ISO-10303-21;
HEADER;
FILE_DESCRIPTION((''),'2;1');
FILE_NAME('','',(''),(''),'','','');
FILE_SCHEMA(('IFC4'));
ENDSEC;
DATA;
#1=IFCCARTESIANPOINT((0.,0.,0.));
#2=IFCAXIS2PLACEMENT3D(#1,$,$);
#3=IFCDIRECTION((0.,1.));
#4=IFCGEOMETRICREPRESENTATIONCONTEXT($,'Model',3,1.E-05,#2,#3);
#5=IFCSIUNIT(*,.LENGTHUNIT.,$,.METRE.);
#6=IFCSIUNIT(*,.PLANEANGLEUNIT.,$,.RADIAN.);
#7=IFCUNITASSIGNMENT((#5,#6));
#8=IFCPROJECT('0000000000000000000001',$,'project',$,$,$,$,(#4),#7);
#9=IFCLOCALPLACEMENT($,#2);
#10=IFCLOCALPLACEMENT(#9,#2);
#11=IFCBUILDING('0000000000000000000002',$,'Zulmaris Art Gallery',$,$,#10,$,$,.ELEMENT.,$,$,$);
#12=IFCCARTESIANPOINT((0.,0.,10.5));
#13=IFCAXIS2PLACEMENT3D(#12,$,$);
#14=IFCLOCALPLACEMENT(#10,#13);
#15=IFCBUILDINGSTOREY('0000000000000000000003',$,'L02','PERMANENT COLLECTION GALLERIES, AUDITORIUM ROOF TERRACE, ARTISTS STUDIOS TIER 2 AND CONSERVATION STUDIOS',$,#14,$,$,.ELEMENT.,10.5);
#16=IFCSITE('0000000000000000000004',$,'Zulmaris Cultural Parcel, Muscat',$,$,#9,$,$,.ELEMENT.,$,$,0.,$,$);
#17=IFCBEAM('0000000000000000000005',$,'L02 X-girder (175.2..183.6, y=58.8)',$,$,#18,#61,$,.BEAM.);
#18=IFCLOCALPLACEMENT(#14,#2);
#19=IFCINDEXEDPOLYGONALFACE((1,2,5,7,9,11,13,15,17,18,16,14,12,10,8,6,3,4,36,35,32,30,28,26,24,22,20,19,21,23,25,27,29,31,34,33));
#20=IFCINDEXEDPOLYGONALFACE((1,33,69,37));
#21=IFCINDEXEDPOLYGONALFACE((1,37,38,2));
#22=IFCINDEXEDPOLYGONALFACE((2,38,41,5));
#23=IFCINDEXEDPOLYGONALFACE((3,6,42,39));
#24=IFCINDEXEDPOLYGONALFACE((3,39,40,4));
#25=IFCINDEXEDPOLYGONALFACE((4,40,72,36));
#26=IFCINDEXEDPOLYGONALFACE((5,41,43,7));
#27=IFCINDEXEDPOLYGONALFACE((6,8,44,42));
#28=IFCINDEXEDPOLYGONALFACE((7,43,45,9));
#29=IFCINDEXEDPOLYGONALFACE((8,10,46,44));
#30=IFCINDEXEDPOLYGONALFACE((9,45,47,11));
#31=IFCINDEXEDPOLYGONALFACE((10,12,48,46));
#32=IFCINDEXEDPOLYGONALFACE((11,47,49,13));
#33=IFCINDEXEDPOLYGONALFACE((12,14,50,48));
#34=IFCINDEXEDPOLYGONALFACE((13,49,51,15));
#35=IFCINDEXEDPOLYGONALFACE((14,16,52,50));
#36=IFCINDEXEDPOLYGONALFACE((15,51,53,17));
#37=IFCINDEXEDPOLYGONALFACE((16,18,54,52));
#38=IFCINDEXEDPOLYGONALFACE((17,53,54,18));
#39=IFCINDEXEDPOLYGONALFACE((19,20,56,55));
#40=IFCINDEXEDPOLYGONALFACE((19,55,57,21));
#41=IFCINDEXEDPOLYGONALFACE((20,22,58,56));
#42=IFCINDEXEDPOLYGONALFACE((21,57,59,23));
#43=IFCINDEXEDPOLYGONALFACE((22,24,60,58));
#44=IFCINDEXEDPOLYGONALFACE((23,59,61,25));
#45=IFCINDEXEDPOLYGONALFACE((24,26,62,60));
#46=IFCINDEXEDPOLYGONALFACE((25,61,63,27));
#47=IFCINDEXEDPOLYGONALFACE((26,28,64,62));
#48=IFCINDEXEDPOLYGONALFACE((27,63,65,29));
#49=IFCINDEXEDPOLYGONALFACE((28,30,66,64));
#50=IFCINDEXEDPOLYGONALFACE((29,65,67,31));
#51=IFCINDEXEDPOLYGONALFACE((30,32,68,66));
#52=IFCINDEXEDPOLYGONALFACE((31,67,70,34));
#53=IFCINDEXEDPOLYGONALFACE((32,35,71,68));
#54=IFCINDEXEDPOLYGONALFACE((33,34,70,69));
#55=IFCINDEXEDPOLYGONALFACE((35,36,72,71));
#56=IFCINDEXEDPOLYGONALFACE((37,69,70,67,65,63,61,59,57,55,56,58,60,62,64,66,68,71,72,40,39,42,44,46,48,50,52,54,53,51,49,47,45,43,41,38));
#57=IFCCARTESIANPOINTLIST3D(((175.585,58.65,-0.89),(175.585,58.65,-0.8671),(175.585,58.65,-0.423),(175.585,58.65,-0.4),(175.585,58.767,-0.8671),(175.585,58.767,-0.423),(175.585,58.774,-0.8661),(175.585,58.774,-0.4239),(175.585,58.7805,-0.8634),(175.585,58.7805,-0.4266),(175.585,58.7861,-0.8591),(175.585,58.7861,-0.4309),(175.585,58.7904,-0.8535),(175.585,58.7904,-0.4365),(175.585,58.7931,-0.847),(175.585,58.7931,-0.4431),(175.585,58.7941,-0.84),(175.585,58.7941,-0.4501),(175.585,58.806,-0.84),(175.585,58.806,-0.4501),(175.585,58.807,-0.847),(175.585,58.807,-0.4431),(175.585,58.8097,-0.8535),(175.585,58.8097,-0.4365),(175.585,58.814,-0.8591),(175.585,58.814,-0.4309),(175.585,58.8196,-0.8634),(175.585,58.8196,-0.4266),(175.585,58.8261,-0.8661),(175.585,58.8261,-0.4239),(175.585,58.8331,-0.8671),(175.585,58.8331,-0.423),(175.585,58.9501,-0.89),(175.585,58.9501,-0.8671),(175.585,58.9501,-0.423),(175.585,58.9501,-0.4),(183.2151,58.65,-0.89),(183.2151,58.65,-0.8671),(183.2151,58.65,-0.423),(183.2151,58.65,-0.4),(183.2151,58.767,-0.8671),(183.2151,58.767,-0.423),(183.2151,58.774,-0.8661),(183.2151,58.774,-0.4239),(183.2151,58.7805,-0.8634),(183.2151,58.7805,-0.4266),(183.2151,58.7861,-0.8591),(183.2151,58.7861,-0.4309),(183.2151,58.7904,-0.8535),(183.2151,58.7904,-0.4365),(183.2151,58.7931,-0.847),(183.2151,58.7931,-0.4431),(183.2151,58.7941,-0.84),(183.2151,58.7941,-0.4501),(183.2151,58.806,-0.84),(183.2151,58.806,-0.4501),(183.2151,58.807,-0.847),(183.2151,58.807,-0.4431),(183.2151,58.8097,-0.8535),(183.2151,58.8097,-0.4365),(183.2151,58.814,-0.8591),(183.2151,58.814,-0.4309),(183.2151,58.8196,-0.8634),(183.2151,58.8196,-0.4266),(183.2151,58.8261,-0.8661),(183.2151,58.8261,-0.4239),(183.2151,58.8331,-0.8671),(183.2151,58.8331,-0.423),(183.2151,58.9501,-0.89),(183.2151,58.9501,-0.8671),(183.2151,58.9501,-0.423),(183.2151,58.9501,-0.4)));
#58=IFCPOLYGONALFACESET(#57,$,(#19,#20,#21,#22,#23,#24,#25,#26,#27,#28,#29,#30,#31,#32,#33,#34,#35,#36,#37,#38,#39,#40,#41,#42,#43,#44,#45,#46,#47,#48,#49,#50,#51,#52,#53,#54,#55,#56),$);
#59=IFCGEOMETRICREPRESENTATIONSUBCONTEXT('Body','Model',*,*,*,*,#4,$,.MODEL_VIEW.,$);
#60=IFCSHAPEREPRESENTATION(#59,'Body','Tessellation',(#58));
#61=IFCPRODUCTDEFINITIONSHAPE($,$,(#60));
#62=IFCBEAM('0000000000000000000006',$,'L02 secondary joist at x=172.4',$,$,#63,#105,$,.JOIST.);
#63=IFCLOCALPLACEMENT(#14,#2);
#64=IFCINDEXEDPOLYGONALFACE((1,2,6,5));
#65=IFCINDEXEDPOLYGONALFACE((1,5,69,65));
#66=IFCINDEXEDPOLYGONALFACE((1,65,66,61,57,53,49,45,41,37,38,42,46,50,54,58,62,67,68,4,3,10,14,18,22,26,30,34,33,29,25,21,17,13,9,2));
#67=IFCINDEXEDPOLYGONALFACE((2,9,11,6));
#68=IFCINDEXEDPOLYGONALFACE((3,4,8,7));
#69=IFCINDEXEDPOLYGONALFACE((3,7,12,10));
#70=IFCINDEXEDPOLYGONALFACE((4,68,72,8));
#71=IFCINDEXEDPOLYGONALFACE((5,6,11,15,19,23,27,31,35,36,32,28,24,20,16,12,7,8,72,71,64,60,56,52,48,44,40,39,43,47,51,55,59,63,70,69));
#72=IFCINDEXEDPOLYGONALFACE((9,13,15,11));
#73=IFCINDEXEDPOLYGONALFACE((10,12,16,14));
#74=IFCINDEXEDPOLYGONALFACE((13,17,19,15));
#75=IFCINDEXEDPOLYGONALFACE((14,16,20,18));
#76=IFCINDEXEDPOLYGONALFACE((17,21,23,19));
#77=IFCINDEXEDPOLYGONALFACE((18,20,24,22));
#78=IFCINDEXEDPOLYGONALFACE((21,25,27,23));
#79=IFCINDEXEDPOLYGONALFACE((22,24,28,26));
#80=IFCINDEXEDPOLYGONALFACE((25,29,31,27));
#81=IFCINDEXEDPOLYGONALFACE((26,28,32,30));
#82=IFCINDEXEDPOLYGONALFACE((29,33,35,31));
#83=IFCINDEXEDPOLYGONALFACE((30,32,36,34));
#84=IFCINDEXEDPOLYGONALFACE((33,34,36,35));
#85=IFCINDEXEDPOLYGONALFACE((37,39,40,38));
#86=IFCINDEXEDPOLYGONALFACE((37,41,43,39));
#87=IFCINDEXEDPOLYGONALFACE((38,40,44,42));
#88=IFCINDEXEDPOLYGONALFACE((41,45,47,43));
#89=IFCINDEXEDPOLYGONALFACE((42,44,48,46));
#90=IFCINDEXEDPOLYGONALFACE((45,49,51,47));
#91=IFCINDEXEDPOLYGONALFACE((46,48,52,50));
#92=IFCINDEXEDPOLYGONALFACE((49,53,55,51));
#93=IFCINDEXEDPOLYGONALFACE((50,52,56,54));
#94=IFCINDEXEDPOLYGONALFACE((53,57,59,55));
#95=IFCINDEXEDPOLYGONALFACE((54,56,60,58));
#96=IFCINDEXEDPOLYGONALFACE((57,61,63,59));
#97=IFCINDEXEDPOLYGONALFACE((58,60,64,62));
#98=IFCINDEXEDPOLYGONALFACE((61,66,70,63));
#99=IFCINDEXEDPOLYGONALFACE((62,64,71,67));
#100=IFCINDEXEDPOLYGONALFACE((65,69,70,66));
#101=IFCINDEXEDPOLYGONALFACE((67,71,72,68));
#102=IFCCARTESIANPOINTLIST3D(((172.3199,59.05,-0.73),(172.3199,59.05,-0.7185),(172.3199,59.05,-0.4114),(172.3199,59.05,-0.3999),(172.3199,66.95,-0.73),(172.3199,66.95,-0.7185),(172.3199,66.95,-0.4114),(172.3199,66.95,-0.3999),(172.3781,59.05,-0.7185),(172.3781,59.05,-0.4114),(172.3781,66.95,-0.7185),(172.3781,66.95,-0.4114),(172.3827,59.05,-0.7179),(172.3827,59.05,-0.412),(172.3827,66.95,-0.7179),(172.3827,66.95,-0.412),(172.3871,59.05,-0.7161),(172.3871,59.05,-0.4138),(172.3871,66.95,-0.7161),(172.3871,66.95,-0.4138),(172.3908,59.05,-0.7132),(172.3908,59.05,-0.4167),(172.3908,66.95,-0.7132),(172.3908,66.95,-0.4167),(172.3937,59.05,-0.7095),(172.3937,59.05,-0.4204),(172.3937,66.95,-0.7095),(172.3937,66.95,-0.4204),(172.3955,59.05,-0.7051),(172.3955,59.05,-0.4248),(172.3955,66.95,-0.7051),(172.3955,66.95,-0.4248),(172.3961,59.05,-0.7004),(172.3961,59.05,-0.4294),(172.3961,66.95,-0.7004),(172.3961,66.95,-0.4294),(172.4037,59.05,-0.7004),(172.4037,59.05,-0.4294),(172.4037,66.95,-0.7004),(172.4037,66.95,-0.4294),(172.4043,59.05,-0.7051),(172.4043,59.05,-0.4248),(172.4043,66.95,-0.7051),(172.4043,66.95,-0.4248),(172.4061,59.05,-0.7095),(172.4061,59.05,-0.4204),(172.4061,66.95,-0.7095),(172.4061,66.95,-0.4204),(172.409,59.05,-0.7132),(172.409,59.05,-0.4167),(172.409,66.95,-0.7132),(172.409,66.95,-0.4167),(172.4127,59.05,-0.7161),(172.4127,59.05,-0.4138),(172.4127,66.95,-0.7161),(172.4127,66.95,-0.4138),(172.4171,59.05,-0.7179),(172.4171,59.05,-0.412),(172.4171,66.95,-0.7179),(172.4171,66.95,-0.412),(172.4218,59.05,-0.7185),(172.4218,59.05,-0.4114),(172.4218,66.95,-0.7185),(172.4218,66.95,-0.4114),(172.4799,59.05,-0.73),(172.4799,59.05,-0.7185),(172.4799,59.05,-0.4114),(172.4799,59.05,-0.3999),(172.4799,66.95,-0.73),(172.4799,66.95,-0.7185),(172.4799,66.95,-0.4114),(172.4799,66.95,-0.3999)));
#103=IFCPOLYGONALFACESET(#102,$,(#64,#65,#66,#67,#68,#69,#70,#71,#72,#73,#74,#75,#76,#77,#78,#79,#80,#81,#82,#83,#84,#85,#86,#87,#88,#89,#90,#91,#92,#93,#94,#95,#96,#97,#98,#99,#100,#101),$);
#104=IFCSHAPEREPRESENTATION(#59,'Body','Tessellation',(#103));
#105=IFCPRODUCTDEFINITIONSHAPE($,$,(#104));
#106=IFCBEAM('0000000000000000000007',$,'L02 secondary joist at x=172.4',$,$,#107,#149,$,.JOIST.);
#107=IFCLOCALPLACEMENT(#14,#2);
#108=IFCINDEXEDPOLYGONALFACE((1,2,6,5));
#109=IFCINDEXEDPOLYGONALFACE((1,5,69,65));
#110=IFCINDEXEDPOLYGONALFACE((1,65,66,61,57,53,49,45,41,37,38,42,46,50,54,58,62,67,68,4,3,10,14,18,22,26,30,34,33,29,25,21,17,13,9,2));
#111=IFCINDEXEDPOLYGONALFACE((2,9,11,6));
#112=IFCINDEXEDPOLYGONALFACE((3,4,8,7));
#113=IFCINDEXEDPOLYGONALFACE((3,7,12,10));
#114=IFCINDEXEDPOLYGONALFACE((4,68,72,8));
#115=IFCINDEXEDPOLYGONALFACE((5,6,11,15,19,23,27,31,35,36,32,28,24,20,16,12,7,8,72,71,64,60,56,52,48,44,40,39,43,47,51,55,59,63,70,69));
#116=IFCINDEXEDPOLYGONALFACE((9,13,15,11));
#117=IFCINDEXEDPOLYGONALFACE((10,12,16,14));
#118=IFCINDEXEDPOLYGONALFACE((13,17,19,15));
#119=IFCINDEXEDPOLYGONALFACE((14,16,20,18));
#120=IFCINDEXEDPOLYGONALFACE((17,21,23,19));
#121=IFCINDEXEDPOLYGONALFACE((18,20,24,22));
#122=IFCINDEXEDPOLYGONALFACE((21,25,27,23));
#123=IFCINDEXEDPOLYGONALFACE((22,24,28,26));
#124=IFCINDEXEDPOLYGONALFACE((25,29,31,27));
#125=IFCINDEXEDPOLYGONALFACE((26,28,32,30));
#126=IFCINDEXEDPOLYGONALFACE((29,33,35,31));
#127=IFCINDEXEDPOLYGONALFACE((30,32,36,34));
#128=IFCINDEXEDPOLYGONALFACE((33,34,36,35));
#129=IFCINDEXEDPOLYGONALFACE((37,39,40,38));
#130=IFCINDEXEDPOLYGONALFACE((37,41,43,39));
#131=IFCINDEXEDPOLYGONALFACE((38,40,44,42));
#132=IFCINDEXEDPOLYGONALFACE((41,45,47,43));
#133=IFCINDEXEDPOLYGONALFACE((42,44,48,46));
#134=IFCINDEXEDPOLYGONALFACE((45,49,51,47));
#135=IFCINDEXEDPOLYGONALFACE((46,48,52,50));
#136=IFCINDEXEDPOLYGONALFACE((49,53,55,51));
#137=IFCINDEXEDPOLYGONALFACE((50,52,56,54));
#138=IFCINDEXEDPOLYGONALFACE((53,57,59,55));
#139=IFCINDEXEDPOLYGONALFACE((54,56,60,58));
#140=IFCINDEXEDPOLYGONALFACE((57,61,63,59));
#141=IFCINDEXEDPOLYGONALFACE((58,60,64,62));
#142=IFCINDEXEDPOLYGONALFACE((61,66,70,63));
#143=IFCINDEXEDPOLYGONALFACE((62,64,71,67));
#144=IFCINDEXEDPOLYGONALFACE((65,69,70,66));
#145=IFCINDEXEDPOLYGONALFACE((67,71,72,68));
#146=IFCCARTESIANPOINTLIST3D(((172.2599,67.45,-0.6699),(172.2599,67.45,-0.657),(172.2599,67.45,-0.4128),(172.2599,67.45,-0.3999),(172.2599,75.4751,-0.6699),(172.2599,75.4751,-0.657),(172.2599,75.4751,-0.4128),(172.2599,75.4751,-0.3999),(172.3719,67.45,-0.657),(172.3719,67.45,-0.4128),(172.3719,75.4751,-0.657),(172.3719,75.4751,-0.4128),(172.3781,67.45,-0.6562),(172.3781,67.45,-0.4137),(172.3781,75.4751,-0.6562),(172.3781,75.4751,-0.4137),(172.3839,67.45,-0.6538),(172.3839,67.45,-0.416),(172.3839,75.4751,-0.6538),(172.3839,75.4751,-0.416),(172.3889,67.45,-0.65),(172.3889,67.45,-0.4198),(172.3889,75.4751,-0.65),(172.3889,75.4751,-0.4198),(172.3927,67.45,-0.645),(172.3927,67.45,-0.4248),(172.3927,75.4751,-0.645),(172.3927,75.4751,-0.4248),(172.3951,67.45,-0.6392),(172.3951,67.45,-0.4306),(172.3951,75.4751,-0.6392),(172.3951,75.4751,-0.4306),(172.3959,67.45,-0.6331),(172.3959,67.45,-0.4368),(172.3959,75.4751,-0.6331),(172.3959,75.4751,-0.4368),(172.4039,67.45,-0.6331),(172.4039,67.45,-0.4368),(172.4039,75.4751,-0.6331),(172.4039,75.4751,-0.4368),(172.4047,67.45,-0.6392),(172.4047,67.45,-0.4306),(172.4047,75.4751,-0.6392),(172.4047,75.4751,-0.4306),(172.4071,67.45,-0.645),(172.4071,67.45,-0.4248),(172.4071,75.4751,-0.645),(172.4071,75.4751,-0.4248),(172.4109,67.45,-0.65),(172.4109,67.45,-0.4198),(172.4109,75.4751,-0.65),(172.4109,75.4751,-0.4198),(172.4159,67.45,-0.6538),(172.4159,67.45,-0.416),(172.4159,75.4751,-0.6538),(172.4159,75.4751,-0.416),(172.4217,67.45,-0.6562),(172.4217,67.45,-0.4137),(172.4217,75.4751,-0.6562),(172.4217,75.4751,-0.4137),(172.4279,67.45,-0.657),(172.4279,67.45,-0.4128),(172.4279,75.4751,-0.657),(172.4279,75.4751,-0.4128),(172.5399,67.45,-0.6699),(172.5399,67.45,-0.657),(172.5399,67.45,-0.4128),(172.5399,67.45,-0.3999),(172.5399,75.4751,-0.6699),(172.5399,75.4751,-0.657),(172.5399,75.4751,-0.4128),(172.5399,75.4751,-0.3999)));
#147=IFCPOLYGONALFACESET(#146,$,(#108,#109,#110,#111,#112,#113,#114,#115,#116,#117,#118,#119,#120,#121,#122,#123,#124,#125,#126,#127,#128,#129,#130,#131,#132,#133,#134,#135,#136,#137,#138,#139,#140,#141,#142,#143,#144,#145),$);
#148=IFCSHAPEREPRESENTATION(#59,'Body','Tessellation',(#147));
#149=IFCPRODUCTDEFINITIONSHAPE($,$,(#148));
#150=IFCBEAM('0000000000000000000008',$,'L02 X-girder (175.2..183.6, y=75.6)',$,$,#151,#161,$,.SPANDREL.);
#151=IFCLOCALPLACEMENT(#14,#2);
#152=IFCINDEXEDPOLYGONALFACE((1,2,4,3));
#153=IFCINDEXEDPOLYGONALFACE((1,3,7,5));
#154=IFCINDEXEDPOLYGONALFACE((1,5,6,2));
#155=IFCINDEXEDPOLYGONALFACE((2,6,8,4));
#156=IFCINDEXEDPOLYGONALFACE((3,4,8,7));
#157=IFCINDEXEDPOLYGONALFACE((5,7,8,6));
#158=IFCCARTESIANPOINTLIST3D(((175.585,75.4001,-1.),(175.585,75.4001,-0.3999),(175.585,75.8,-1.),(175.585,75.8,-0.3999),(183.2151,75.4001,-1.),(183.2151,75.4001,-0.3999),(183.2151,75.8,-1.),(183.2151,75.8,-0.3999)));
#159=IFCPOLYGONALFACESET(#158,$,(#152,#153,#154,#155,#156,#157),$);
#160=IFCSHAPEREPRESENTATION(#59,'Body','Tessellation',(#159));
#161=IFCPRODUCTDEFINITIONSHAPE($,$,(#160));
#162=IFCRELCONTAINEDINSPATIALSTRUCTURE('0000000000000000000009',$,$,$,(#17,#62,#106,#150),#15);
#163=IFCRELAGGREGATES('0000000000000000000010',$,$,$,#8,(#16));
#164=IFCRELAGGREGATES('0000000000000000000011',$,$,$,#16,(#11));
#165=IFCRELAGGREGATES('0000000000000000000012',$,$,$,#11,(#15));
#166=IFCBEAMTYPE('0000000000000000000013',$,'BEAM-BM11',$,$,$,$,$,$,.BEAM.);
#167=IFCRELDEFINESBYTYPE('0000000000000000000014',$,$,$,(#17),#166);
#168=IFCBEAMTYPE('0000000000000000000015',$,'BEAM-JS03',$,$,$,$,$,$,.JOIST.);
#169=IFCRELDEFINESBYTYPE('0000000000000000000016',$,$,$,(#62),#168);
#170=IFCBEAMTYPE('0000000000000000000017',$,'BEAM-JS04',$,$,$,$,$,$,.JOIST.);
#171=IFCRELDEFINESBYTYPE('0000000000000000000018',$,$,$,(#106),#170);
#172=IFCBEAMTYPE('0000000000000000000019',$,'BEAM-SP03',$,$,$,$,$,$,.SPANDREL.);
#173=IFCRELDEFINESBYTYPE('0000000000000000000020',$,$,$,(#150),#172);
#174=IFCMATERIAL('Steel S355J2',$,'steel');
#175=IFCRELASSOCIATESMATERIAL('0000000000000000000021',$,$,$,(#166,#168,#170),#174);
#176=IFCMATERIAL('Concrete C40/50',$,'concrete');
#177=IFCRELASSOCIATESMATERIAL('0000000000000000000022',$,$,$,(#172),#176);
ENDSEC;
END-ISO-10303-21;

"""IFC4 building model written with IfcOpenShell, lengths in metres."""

from ifc_helpers import new_model, si_unit, direction, frame, origin, origin_2d, place, context, subcontext, project, spatial, rectangle, i_section, extrude, material, material_profile, profile_set, type_object, element, save


model = new_model("IFC4")

# Units and contexts
model_context = context("Model", 3, precision=1e-05, world=origin(), true_north=direction((0.0, 1.0)))
body_context = subcontext(model_context, "Body", "Model", "MODEL_VIEW")
ifc_project = project(units=[si_unit("LENGTHUNIT", "METRE"), si_unit("PLANEANGLEUNIT", "RADIAN")], contexts=[model_context])

# Site, building, storey
site_placement = place(None, origin())
site = spatial("IfcSite", under=ifc_project, at=site_placement, Name="Zulmaris Cultural Parcel, Muscat", CompositionType="ELEMENT", RefElevation=0.0)
building_placement = place(site_placement, origin())
building = spatial("IfcBuilding", under=site, at=building_placement, Name="Zulmaris Art Gallery", CompositionType="ELEMENT")
storey_placement = place(building_placement, frame((0.0, 0.0, 10.5)))
storey = spatial("IfcBuildingStorey", under=building, at=storey_placement, Name="L02", Description="PERMANENT COLLECTION GALLERIES, AUDITORIUM ROOF TERRACE, ARTISTS STUDIOS TIER 2 AND CONSERVATION STUDIOS", CompositionType="ELEMENT", Elevation=10.5)

# Shared definitions
ifc_material_1 = material(Name="Concrete C40/50", Category="concrete")

# Beams
ifc_material_2 = material(Name="Steel S355J2", Category="steel")
ifc_material_profile_1 = material_profile(ifc_material_2, i_section(OverallWidth=0.3, OverallDepth=0.49, WebThickness=0.012, FlangeThickness=0.0229, FilletRadius=0.0271, at=origin_2d()), Name="HEA 500")
ifc_profile_set_1 = profile_set([ifc_material_profile_1], Name="Steel S355J2")
beam_type_1 = type_object("IfcBeamType", Name="BEAM-BM11", PredefinedType="BEAM", material=ifc_profile_set_1)
beam_1_placement = place(storey_placement, frame((175.585, 58.8, -0.645), z_axis=(1.0, 0.0, 0.0), x_axis=(0.0, 1.0, 0.0)))
element("IfcBeam", 1, at=beam_1_placement, inside=storey, type_object=beam_type_1, Name="L02 X-girder (175.2..183.6, y=58.8)", PredefinedType="BEAM", context=body_context, shape_type="SweptSolid", body=[
    extrude(i_section(OverallWidth=0.3, OverallDepth=0.49, WebThickness=0.012, FlangeThickness=0.0229, FilletRadius=0.0271, at=origin_2d()), origin(), (0.0, 0.0, 1.0), 7.6301),
])
ifc_material_profile_2 = material_profile(ifc_material_2, i_section(OverallWidth=0.1599, OverallDepth=0.3301, WebThickness=0.0076, FlangeThickness=0.0115, FilletRadius=0.0181, at=origin_2d()), Name="IPE 330")
ifc_profile_set_2 = profile_set([ifc_material_profile_2], Name="Steel S355J2")
beam_type_2 = type_object("IfcBeamType", Name="BEAM-JS03", PredefinedType="JOIST", material=ifc_profile_set_2)
beam_2_placement = place(storey_placement, frame((172.3999, 59.05, -0.5649), z_axis=(0.0, 1.0, 0.0), x_axis=(-1.0, 0.0, 0.0)))
element("IfcBeam", 2, at=beam_2_placement, inside=storey, type_object=beam_type_2, Name="L02 secondary joist at x=172.4", PredefinedType="JOIST", context=body_context, shape_type="SweptSolid", body=[
    extrude(i_section(OverallWidth=0.1599, OverallDepth=0.3301, WebThickness=0.0076, FlangeThickness=0.0115, FilletRadius=0.0181, at=origin_2d()), origin(), (0.0, 0.0, 1.0), 7.8999),
])
ifc_material_profile_3 = material_profile(ifc_material_2, i_section(OverallWidth=0.28, OverallDepth=0.27, WebThickness=0.0081, FlangeThickness=0.0129, FilletRadius=0.0239, at=origin_2d()), Name="HEA 280")
ifc_profile_set_3 = profile_set([ifc_material_profile_3], Name="Steel S355J2")
beam_type_3 = type_object("IfcBeamType", Name="BEAM-JS04", PredefinedType="JOIST", material=ifc_profile_set_3)
beam_3_placement = place(storey_placement, frame((172.3999, 67.45, -0.5349), z_axis=(0.0, 1.0, 0.0), x_axis=(-1.0, 0.0, 0.0)))
element("IfcBeam", 3, at=beam_3_placement, inside=storey, type_object=beam_type_3, Name="L02 secondary joist at x=172.4", PredefinedType="JOIST", context=body_context, shape_type="SweptSolid", body=[
    extrude(i_section(OverallWidth=0.28, OverallDepth=0.27, WebThickness=0.0081, FlangeThickness=0.0129, FilletRadius=0.0239, at=origin_2d()), origin(), (0.0, 0.0, 1.0), 8.0251),
])
ifc_material_profile_4 = material_profile(ifc_material_1, rectangle(XDim=0.3999, YDim=0.6001, at=origin_2d()), Name="RC 400x600")
ifc_profile_set_4 = profile_set([ifc_material_profile_4], Name="Concrete C40/50")
beam_type_4 = type_object("IfcBeamType", Name="BEAM-SP03", PredefinedType="SPANDREL", material=ifc_profile_set_4)
beam_4_placement = place(storey_placement, frame((175.585, 75.6001, -0.7), z_axis=(1.0, 0.0, 0.0), x_axis=(0.0, 1.0, 0.0)))
element("IfcBeam", 4, at=beam_4_placement, inside=storey, type_object=beam_type_4, Name="L02 X-girder (175.2..183.6, y=75.6)", PredefinedType="SPANDREL", context=body_context, shape_type="SweptSolid", body=[
    extrude(rectangle(XDim=0.3999, YDim=0.6001, at=origin_2d()), origin(), (0.0, 0.0, 1.0), 7.6301),
])

save(model, "model.ifc")
